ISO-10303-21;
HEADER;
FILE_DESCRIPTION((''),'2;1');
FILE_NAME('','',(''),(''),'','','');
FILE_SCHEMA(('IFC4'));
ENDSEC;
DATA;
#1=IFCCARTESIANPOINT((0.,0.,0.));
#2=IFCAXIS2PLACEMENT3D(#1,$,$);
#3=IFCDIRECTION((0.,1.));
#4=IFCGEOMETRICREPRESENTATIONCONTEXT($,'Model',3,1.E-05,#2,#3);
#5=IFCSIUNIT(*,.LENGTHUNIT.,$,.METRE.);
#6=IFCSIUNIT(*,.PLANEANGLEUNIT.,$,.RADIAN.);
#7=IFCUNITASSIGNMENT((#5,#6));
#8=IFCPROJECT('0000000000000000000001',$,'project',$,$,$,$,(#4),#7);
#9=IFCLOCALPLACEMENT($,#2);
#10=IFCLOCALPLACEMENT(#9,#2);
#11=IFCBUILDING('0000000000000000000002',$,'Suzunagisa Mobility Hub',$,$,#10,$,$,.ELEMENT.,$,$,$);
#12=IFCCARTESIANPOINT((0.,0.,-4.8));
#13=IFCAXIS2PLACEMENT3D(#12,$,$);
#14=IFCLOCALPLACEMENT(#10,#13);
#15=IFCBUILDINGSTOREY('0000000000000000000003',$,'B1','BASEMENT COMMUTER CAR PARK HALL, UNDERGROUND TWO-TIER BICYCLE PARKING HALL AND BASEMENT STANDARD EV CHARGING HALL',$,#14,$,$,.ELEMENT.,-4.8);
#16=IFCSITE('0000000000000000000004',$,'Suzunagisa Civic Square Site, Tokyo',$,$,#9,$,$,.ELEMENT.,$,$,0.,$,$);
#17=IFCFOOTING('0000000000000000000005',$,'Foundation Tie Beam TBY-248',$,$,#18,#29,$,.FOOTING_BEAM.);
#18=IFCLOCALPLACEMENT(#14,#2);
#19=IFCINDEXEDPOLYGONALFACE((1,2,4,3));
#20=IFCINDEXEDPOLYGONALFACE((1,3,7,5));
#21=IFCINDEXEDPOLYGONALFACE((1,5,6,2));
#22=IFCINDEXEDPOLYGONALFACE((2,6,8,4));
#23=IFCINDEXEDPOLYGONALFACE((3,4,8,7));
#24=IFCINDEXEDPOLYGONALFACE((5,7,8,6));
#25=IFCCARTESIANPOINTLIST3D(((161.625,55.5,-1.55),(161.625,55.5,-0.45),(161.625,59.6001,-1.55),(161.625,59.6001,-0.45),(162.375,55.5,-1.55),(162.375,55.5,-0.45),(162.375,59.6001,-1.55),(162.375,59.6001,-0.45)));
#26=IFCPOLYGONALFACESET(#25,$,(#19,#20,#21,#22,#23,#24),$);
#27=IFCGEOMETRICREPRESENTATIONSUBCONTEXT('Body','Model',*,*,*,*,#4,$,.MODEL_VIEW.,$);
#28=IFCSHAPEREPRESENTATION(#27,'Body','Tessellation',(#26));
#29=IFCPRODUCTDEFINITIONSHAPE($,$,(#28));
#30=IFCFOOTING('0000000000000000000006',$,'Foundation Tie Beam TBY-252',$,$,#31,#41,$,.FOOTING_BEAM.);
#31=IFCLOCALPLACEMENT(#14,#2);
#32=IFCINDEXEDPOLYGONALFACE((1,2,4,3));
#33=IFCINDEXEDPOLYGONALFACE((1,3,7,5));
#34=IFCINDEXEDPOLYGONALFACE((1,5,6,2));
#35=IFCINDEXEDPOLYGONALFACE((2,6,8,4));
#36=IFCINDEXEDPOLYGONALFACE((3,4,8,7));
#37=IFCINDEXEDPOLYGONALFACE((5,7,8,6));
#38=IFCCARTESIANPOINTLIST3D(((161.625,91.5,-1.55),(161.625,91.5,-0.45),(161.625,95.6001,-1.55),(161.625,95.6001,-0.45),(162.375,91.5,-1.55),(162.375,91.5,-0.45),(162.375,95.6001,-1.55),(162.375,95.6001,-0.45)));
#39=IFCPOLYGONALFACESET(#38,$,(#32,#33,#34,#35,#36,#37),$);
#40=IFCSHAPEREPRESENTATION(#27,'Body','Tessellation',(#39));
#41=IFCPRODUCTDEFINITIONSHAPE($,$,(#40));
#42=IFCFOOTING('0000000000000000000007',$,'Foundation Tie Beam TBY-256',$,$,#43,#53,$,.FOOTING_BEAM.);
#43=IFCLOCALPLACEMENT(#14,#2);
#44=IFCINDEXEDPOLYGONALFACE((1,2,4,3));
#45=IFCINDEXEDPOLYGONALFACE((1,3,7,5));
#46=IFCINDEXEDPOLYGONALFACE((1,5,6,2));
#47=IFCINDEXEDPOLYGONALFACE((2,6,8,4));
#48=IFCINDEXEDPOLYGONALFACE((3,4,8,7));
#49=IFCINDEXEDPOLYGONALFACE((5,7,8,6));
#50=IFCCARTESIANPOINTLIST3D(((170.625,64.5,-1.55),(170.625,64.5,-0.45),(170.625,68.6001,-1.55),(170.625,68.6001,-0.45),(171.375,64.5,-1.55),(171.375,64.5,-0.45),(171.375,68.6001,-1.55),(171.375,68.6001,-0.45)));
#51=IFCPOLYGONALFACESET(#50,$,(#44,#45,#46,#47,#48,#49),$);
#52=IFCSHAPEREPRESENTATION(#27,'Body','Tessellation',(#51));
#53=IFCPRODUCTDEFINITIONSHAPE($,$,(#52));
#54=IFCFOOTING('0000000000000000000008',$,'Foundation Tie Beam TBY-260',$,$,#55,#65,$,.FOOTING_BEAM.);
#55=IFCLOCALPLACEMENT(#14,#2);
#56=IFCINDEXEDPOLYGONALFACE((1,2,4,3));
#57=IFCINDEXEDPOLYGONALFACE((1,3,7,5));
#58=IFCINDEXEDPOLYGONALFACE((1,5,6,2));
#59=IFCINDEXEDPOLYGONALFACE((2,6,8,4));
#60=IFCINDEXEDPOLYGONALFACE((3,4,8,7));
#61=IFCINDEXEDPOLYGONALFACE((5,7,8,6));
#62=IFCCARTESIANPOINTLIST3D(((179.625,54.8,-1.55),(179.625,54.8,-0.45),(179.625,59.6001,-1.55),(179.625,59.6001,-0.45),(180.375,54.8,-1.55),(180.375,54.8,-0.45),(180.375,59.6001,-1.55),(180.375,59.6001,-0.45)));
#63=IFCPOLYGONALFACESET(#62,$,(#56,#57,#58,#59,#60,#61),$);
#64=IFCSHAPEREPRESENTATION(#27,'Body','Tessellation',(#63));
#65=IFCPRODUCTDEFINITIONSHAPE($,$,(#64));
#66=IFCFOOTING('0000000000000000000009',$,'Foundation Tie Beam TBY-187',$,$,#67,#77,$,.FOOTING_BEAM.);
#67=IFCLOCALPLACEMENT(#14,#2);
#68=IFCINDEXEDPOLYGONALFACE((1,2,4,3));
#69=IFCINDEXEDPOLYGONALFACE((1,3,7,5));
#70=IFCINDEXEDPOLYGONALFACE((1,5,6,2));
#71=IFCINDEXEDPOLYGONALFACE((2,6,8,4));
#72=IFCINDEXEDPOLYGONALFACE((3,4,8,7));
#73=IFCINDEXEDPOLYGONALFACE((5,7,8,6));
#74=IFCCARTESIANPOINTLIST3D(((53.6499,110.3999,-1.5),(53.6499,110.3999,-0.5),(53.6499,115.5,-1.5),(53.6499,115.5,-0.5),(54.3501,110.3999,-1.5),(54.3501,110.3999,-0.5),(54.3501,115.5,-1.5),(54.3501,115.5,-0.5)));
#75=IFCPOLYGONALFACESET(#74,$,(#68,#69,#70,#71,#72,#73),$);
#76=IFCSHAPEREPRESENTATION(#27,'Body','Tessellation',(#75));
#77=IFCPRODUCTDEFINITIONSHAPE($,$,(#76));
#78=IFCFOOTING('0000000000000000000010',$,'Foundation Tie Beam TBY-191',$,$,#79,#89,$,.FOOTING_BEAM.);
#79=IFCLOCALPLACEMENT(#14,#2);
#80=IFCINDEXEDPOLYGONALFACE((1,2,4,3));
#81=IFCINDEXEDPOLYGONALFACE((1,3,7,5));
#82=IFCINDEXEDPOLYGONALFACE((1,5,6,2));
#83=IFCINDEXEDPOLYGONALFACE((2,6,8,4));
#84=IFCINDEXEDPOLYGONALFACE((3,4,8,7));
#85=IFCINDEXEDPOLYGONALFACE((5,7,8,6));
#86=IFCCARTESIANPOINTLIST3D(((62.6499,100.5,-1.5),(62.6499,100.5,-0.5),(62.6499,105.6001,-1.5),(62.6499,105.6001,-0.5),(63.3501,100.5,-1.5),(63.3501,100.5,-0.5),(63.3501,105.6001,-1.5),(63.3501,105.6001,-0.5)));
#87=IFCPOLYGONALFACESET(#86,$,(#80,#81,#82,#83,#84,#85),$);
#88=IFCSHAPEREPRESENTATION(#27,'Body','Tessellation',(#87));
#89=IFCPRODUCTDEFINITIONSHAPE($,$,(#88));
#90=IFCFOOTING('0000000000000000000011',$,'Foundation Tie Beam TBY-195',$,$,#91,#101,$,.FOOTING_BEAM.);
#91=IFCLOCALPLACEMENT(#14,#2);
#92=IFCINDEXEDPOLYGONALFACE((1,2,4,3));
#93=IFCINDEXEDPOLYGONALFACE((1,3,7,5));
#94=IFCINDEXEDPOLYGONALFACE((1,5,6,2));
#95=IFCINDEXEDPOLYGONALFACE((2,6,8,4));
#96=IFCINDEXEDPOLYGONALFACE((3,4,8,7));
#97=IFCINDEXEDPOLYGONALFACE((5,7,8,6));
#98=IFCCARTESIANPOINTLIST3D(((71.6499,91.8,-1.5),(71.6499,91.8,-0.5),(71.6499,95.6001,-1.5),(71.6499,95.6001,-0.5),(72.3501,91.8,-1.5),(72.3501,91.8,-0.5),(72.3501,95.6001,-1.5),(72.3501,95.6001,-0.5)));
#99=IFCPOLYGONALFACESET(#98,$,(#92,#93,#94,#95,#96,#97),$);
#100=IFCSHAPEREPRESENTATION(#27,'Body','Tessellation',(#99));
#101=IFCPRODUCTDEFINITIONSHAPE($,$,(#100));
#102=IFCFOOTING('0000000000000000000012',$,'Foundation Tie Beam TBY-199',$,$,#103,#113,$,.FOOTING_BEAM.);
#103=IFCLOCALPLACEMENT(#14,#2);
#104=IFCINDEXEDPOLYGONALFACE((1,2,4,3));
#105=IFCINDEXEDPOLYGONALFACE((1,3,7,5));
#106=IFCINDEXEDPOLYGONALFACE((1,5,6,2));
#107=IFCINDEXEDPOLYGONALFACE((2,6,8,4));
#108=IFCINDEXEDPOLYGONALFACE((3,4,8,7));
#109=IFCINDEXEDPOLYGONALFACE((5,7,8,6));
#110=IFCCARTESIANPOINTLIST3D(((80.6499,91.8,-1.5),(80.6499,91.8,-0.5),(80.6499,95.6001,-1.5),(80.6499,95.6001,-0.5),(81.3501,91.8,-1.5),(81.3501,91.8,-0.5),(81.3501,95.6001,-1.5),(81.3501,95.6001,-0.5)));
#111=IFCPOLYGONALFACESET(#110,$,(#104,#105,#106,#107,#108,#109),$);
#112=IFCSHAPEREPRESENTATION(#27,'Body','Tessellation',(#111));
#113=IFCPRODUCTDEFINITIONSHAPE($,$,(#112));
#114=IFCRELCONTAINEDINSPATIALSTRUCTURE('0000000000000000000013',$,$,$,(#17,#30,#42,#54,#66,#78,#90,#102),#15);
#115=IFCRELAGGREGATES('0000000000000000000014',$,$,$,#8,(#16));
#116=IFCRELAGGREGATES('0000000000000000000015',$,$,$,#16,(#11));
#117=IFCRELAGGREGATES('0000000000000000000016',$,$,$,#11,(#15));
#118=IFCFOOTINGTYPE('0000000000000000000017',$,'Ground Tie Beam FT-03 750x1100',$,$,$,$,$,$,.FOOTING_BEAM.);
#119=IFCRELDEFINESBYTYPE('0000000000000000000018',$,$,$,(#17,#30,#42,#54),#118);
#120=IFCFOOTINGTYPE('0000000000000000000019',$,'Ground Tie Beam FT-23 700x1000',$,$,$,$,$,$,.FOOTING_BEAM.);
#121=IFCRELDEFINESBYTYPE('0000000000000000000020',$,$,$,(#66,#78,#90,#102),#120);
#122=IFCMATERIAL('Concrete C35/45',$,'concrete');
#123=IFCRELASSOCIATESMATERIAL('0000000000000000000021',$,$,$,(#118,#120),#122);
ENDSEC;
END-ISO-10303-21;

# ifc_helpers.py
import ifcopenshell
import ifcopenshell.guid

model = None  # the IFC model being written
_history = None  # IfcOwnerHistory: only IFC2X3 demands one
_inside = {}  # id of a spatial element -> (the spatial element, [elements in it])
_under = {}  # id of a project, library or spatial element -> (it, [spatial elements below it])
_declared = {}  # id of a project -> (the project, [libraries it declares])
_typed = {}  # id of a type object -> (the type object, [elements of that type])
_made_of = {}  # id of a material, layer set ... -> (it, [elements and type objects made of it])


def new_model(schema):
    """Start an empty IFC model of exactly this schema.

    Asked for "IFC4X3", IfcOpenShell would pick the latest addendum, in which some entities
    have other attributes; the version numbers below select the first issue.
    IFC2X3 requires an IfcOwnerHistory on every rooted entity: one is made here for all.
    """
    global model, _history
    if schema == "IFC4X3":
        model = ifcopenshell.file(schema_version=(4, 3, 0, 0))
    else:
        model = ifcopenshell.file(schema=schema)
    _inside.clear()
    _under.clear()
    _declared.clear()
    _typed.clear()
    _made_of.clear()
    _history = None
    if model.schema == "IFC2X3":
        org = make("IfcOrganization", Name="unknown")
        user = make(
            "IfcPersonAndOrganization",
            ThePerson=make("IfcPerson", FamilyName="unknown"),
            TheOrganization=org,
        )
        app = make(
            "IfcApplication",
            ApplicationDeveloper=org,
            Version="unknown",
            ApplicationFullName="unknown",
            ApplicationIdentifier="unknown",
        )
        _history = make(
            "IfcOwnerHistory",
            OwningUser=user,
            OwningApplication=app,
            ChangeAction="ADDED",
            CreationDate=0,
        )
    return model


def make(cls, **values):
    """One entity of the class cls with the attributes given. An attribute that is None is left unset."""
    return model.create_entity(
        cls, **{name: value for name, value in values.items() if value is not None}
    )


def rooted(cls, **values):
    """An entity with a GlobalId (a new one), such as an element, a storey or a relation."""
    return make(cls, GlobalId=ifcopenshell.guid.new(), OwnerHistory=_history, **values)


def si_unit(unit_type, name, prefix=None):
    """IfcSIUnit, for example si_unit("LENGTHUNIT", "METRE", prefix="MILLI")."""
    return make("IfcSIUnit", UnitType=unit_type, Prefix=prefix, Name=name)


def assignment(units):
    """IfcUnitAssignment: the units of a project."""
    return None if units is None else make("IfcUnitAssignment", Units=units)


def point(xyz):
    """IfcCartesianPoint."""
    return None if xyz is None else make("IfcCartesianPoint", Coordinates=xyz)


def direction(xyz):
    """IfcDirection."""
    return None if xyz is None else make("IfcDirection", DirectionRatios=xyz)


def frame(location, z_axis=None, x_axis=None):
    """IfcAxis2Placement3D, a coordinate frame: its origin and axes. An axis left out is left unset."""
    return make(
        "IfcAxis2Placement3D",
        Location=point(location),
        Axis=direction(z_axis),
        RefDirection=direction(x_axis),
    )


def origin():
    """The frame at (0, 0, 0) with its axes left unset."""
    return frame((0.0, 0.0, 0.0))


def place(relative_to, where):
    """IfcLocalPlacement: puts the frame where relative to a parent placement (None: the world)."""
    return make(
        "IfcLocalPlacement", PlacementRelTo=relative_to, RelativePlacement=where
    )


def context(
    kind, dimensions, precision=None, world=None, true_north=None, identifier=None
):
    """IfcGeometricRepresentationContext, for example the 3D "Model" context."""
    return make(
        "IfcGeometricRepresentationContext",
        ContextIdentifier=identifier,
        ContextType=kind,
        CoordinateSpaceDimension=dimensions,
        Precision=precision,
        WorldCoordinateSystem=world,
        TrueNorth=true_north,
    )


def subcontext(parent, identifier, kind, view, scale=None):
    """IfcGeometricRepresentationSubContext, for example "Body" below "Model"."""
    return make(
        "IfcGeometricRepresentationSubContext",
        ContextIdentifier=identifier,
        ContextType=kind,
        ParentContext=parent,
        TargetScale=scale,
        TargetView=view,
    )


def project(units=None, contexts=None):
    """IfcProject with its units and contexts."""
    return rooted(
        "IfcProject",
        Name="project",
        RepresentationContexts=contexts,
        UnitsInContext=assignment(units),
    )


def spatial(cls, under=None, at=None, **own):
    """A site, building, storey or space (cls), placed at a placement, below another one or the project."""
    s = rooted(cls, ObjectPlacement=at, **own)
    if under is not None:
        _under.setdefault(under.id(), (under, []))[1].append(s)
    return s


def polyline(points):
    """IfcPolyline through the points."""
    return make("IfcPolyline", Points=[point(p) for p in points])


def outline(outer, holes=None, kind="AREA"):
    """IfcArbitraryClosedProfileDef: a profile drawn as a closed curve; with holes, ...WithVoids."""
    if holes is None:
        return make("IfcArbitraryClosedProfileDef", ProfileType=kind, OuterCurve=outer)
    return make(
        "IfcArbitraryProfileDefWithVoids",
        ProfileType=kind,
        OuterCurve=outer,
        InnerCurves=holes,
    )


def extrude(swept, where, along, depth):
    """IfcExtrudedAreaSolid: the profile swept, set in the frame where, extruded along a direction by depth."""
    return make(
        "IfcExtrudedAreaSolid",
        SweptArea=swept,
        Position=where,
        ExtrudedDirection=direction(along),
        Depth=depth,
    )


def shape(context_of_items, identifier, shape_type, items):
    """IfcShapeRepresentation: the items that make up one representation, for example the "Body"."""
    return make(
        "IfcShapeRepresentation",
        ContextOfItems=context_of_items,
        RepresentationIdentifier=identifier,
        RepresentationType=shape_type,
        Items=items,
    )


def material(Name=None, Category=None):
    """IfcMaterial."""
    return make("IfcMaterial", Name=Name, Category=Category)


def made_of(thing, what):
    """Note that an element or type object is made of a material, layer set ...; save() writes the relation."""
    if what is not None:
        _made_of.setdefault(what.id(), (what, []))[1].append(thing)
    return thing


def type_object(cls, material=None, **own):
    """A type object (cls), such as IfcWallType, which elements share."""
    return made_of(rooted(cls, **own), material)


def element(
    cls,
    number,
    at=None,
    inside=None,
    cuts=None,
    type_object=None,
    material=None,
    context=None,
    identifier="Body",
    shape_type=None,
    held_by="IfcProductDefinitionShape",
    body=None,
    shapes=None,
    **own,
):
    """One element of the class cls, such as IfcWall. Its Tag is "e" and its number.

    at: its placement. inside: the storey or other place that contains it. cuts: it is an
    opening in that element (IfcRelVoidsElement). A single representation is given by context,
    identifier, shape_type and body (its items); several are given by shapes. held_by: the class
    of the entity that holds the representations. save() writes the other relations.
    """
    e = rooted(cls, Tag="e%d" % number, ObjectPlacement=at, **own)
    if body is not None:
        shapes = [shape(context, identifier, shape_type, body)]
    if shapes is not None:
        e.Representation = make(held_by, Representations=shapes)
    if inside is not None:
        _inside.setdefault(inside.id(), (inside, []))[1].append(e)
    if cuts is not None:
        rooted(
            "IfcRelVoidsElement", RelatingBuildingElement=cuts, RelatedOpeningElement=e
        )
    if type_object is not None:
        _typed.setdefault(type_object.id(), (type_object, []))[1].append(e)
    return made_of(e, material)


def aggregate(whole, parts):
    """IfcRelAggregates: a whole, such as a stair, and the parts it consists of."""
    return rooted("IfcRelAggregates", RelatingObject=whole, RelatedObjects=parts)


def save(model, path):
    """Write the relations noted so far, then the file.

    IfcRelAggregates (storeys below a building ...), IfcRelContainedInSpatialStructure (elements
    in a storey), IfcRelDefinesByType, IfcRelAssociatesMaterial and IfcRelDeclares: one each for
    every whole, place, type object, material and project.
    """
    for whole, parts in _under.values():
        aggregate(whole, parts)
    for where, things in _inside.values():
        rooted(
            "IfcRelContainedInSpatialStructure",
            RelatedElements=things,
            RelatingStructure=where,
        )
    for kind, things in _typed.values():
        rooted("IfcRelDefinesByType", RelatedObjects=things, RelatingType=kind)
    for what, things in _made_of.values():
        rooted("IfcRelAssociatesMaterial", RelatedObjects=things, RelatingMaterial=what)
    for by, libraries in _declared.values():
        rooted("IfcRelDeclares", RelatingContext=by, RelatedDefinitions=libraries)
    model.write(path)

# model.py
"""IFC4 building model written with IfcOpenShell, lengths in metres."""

from ifc_helpers import new_model, si_unit, direction, frame, origin, place, context, subcontext, project, spatial, polyline, outline, extrude, material, type_object, element, save


model = new_model("IFC4")

# Units and contexts
model_context = context("Model", 3, precision=1e-05, world=origin(), true_north=direction((0.0, 1.0)))
body_context = subcontext(model_context, "Body", "Model", "MODEL_VIEW")
ifc_project = project(units=[si_unit("LENGTHUNIT", "METRE"), si_unit("PLANEANGLEUNIT", "RADIAN")], contexts=[model_context])

# Site, building, storey
site_placement = place(None, origin())
site = spatial("IfcSite", under=ifc_project, at=site_placement, Name="Suzunagisa Civic Square Site, Tokyo", CompositionType="ELEMENT", RefElevation=0.0)
building_placement = place(site_placement, origin())
building = spatial("IfcBuilding", under=site, at=building_placement, Name="Suzunagisa Mobility Hub", CompositionType="ELEMENT")
storey_placement = place(building_placement, frame((0.0, 0.0, -4.8)))
storey = spatial("IfcBuildingStorey", under=building, at=storey_placement, Name="B1", Description="BASEMENT COMMUTER CAR PARK HALL, UNDERGROUND TWO-TIER BICYCLE PARKING HALL AND BASEMENT STANDARD EV CHARGING HALL", CompositionType="ELEMENT", Elevation=-4.8)

# Footings
ifc_material = material(Name="Concrete C35/45", Category="concrete")
footing_type_1 = type_object("IfcFootingType", Name="Ground Tie Beam FT-03 750x1100", PredefinedType="FOOTING_BEAM", material=ifc_material)
footing_1_placement = place(storey_placement, frame((0.0, 0.0, -1.55)))
element("IfcFooting", 1, at=footing_1_placement, inside=storey, type_object=footing_type_1, Name="Foundation Tie Beam TBY-248", PredefinedType="FOOTING_BEAM", context=body_context, shape_type="SweptSolid", body=[
    extrude(outline(polyline([(161.625, 55.5), (162.375, 55.5), (162.375, 59.6001), (161.625, 59.6001), (161.625, 55.5)])), origin(), (0.0, 0.0, 1.0), 1.1001),
])
footing_2_placement = place(storey_placement, frame((0.0, 0.0, -1.55)))
element("IfcFooting", 2, at=footing_2_placement, inside=storey, type_object=footing_type_1, Name="Foundation Tie Beam TBY-252", PredefinedType="FOOTING_BEAM", context=body_context, shape_type="SweptSolid", body=[
    extrude(outline(polyline([(161.625, 91.5), (162.375, 91.5), (162.375, 95.6001), (161.625, 95.6001), (161.625, 91.5)])), origin(), (0.0, 0.0, 1.0), 1.1001),
])
footing_3_placement = place(storey_placement, frame((0.0, 0.0, -1.55)))
element("IfcFooting", 3, at=footing_3_placement, inside=storey, type_object=footing_type_1, Name="Foundation Tie Beam TBY-256", PredefinedType="FOOTING_BEAM", context=body_context, shape_type="SweptSolid", body=[
    extrude(outline(polyline([(170.625, 64.5), (171.375, 64.5), (171.375, 68.6001), (170.625, 68.6001), (170.625, 64.5)])), origin(), (0.0, 0.0, 1.0), 1.1001),
])
footing_4_placement = place(storey_placement, frame((0.0, 0.0, -1.55)))
element("IfcFooting", 4, at=footing_4_placement, inside=storey, type_object=footing_type_1, Name="Foundation Tie Beam TBY-260", PredefinedType="FOOTING_BEAM", context=body_context, shape_type="SweptSolid", body=[
    extrude(outline(polyline([(179.625, 54.8), (180.375, 54.8), (180.375, 59.6001), (179.625, 59.6001), (179.625, 54.8)])), origin(), (0.0, 0.0, 1.0), 1.1001),
])
footing_type_2 = type_object("IfcFootingType", Name="Ground Tie Beam FT-23 700x1000", PredefinedType="FOOTING_BEAM", material=ifc_material)
footing_5_placement = place(storey_placement, frame((0.0, 0.0, -1.5)))
element("IfcFooting", 5, at=footing_5_placement, inside=storey, type_object=footing_type_2, Name="Foundation Tie Beam TBY-187", PredefinedType="FOOTING_BEAM", context=body_context, shape_type="SweptSolid", body=[
    extrude(outline(polyline([(53.6499, 110.3999), (54.3501, 110.3999), (54.3501, 115.5), (53.6499, 115.5), (53.6499, 110.3999)])), origin(), (0.0, 0.0, 1.0), 1.0),
])
footing_6_placement = place(storey_placement, frame((0.0, 0.0, -1.5)))
element("IfcFooting", 6, at=footing_6_placement, inside=storey, type_object=footing_type_2, Name="Foundation Tie Beam TBY-191", PredefinedType="FOOTING_BEAM", context=body_context, shape_type="SweptSolid", body=[
    extrude(outline(polyline([(62.6499, 100.5), (63.3501, 100.5), (63.3501, 105.6001), (62.6499, 105.6001), (62.6499, 100.5)])), origin(), (0.0, 0.0, 1.0), 1.0),
])
footing_7_placement = place(storey_placement, frame((0.0, 0.0, -1.5)))
element("IfcFooting", 7, at=footing_7_placement, inside=storey, type_object=footing_type_2, Name="Foundation Tie Beam TBY-195", PredefinedType="FOOTING_BEAM", context=body_context, shape_type="SweptSolid", body=[
    extrude(outline(polyline([(71.6499, 91.8), (72.3501, 91.8), (72.3501, 95.6001), (71.6499, 95.6001), (71.6499, 91.8)])), origin(), (0.0, 0.0, 1.0), 1.0),
])
footing_8_placement = place(storey_placement, frame((0.0, 0.0, -1.5)))
element("IfcFooting", 8, at=footing_8_placement, inside=storey, type_object=footing_type_2, Name="Foundation Tie Beam TBY-199", PredefinedType="FOOTING_BEAM", context=body_context, shape_type="SweptSolid", body=[
    extrude(outline(polyline([(80.6499, 91.8), (81.3501, 91.8), (81.3501, 95.6001), (80.6499, 95.6001), (80.6499, 91.8)])), origin(), (0.0, 0.0, 1.0), 1.0),
])

save(model, "model.ifc")
